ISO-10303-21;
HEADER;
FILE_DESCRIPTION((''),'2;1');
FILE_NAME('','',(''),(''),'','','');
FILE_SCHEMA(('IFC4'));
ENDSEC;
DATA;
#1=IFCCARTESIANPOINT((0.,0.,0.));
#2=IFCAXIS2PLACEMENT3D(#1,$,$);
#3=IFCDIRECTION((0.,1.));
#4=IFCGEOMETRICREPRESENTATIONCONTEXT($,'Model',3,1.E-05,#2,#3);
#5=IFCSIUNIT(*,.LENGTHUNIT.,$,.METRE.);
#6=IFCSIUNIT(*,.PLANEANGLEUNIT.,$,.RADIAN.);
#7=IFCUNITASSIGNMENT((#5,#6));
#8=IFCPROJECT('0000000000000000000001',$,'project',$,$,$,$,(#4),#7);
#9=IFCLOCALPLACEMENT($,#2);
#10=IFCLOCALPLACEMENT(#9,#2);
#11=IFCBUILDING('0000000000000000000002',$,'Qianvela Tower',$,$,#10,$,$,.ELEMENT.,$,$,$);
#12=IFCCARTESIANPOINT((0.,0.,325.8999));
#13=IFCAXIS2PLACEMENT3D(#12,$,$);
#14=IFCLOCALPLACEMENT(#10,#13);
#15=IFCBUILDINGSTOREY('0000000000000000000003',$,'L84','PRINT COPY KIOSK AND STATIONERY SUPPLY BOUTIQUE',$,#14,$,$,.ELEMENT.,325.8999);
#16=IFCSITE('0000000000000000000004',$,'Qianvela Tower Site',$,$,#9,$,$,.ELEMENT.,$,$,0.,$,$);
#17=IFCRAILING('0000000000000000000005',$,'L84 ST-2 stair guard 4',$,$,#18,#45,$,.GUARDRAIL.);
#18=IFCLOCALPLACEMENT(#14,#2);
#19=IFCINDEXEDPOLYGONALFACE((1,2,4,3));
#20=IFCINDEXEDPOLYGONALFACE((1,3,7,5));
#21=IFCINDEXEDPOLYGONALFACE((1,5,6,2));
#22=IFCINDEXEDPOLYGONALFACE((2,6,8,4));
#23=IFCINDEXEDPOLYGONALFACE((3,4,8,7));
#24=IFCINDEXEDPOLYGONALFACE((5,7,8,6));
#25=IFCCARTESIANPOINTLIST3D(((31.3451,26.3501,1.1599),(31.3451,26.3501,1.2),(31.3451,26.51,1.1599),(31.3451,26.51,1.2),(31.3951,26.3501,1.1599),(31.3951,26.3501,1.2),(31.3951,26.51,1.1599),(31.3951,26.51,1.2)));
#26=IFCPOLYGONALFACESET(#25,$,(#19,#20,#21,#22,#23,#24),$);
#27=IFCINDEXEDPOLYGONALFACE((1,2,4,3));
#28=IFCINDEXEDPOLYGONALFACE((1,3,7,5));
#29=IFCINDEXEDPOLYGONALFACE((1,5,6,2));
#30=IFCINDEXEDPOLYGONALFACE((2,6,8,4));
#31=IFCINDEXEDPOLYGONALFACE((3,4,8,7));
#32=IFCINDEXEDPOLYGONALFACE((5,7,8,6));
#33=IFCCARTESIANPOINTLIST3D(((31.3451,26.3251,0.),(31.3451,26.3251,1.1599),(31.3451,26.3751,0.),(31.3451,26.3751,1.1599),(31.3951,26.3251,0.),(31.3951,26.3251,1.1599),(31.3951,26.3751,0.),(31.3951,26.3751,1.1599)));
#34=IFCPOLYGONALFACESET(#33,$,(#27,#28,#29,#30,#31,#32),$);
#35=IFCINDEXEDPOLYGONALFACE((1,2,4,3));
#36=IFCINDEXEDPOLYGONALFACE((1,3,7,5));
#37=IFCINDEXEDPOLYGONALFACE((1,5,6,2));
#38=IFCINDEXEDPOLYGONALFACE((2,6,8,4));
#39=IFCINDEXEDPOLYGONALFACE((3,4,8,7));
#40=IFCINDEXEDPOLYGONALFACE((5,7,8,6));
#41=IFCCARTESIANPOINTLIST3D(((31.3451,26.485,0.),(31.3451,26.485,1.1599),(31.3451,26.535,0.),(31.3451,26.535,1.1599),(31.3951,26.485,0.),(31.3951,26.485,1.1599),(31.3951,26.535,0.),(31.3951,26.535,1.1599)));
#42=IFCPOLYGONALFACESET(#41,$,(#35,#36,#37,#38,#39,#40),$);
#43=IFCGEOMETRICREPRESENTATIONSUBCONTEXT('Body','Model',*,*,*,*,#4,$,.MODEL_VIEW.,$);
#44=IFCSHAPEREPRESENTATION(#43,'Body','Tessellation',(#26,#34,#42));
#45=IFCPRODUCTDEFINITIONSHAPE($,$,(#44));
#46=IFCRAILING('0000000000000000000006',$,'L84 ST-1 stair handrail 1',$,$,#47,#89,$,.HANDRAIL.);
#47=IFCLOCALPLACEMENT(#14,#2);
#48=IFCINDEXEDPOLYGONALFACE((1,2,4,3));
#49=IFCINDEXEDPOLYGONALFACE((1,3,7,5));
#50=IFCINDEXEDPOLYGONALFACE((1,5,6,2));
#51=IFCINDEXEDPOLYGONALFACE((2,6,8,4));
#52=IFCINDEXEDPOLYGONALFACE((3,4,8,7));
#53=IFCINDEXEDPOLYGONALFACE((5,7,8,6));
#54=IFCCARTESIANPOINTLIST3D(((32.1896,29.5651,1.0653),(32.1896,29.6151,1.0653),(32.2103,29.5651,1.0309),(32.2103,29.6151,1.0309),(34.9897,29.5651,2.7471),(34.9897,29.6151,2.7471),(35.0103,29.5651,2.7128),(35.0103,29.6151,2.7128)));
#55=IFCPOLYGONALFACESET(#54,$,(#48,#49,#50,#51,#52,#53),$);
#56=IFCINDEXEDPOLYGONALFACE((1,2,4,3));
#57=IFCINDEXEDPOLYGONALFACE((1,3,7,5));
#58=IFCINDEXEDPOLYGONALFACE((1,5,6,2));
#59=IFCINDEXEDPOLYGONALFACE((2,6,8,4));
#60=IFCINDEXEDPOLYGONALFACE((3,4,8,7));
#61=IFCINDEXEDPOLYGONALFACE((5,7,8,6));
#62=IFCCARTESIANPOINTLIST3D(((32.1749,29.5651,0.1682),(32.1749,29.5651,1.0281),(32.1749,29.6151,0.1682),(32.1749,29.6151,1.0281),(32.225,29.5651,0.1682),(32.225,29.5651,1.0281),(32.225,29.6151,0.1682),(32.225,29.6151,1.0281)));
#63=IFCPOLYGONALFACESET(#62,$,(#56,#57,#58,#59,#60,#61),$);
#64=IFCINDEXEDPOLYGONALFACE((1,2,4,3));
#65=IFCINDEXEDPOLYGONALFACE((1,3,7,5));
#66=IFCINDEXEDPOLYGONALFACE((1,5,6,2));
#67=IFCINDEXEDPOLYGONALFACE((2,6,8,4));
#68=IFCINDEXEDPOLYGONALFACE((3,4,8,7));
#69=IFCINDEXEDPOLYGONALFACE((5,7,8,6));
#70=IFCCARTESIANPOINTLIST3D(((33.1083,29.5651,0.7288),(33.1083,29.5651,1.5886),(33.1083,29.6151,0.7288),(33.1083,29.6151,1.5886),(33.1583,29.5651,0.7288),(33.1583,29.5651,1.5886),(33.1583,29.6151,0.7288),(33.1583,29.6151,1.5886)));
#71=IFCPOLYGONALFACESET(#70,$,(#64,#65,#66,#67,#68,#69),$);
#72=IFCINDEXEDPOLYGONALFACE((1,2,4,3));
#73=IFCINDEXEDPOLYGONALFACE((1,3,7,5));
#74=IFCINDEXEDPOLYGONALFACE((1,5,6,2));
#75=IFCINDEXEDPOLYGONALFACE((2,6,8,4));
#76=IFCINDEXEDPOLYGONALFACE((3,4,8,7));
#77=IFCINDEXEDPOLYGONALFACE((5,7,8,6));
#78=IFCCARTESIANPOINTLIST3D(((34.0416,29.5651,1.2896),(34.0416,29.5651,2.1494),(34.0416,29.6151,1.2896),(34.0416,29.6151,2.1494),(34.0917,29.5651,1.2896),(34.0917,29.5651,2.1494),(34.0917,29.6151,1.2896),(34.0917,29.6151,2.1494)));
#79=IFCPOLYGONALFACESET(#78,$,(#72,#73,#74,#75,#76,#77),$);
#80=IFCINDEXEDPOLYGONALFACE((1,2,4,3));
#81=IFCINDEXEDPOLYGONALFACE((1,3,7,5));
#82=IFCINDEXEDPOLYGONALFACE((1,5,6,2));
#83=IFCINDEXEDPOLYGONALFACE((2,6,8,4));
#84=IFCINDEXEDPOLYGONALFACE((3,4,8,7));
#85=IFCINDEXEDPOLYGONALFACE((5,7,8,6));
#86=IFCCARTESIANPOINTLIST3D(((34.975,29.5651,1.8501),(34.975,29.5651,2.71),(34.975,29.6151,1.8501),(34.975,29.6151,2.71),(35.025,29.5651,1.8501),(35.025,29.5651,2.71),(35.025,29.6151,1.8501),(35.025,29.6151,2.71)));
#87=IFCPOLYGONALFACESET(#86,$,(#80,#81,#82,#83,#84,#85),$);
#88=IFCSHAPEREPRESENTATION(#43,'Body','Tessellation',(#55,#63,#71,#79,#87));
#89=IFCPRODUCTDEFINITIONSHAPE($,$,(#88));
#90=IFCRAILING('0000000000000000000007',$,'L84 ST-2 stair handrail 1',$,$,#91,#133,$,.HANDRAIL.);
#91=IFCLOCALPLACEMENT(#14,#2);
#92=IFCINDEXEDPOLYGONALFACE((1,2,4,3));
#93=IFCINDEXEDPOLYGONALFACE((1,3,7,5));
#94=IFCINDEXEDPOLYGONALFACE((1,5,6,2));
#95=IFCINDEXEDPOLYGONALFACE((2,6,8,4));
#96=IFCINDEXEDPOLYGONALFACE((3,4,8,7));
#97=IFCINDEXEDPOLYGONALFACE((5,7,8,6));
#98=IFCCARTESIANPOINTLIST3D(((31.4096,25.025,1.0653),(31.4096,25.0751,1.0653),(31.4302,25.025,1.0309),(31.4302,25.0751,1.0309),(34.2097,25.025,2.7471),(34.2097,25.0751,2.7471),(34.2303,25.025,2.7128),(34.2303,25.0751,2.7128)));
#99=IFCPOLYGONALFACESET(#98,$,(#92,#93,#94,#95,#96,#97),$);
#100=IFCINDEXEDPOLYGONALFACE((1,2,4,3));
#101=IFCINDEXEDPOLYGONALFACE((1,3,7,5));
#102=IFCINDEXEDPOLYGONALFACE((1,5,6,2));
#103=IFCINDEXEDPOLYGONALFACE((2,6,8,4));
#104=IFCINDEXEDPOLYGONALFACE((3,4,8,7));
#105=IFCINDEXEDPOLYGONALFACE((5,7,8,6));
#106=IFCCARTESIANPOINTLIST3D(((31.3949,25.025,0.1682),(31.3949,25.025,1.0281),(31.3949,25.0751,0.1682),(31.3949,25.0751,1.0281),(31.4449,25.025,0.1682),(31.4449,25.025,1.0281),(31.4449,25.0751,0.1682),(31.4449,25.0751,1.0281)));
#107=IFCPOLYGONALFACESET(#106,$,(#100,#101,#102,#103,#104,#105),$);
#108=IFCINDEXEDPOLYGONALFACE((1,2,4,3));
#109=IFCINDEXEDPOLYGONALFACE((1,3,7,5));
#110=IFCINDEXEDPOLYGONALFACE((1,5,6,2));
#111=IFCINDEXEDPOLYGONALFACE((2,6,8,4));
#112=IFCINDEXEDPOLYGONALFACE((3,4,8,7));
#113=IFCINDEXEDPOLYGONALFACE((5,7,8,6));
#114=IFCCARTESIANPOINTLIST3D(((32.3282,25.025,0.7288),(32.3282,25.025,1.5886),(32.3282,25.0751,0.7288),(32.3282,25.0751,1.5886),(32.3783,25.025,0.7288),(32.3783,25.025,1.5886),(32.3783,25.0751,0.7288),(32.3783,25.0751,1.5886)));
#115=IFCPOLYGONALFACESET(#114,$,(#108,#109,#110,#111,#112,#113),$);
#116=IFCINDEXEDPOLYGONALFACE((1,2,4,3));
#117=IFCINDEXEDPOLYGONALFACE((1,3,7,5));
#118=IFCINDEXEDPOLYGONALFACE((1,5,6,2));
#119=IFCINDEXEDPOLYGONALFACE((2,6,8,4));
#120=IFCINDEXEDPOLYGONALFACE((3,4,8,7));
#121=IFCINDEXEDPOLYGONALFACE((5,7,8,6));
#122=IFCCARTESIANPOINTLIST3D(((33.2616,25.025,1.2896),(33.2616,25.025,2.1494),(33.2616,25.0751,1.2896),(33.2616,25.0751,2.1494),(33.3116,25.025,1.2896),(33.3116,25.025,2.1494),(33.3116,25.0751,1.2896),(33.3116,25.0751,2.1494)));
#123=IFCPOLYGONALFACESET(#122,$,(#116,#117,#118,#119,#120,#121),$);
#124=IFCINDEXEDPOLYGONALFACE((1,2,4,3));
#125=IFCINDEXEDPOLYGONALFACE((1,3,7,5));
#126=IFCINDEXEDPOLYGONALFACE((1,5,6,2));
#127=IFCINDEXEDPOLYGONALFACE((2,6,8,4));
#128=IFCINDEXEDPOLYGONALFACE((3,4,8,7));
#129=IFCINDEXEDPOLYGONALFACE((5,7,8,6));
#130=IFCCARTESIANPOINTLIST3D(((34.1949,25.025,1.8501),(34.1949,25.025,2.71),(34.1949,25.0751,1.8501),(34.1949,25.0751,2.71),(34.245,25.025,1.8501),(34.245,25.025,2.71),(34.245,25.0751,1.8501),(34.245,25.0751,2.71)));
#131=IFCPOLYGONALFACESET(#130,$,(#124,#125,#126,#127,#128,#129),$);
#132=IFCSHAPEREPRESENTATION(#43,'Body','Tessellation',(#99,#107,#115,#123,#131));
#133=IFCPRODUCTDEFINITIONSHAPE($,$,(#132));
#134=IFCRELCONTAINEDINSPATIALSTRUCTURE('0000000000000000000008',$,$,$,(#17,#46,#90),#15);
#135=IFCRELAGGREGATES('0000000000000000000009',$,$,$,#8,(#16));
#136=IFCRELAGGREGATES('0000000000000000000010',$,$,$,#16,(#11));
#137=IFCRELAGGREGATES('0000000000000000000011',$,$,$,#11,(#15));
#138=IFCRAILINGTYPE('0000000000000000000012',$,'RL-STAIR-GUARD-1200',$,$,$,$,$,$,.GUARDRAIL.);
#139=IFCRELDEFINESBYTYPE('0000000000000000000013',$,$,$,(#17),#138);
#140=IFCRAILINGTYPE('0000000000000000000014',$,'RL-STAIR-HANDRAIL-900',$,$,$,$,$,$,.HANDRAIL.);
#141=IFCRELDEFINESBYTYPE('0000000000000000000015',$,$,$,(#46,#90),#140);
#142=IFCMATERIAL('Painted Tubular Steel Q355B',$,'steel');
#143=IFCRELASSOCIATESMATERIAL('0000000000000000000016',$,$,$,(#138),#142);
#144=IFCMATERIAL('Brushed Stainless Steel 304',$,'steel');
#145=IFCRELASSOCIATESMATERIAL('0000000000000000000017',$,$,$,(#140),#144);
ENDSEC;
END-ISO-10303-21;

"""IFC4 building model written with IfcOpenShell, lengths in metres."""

from ifc_helpers import new_model, si_unit, direction, frame, origin, origin_2d, place, context, subcontext, project, spatial, rectangle, extrude, material, type_object, element, save


model = new_model("IFC4")

# Units and contexts
model_context = context("Model", 3, precision=1e-05, world=origin(), true_north=direction((0.0, 1.0)))
body_context = subcontext(model_context, "Body", "Model", "MODEL_VIEW")
ifc_project = project(units=[si_unit("LENGTHUNIT", "METRE"), si_unit("PLANEANGLEUNIT", "RADIAN")], contexts=[model_context])

# Site, building, storey
site_placement = place(None, origin())
site = spatial("IfcSite", under=ifc_project, at=site_placement, Name="Qianvela Tower Site", CompositionType="ELEMENT", RefElevation=0.0)
building_placement = place(site_placement, origin())
building = spatial("IfcBuilding", under=site, at=building_placement, Name="Qianvela Tower", CompositionType="ELEMENT")
storey_placement = place(building_placement, frame((0.0, 0.0, 325.8999)))
storey = spatial("IfcBuildingStorey", under=building, at=storey_placement, Name="L84", Description="PRINT COPY KIOSK AND STATIONERY SUPPLY BOUTIQUE", CompositionType="ELEMENT", Elevation=325.8999)

# Railings
ifc_material_1 = material(Name="Painted Tubular Steel Q355B", Category="steel")
railing_type_1 = type_object("IfcRailingType", Name="RL-STAIR-GUARD-1200", PredefinedType="GUARDRAIL", material=ifc_material_1)
railing_1_placement = place(storey_placement, frame((31.3701, 26.3501, 0.0)))
element("IfcRailing", 1, at=railing_1_placement, inside=storey, type_object=railing_type_1, Name="L84 ST-2 stair guard 4", PredefinedType="GUARDRAIL", context=body_context, shape_type="SweptSolid", body=[
    extrude(rectangle(XDim=0.05, YDim=0.04, at=origin_2d()), frame((0.0, 0.0, 1.1799), z_axis=(0.0, 1.0, 0.0), x_axis=(-1.0, 0.0, 0.0)), (0.0, 0.0, 1.0), 0.1599),
    extrude(rectangle(XDim=0.05, YDim=0.05, at=origin_2d()), origin(), (0.0, 0.0, 1.0), 1.1599),
    extrude(rectangle(XDim=0.05, YDim=0.05, at=origin_2d()), frame((0.0, 0.1599, 0.0)), (0.0, 0.0, 1.0), 1.1599),
])
ifc_material_2 = material(Name="Brushed Stainless Steel 304", Category="steel")
railing_type_2 = type_object("IfcRailingType", Name="RL-STAIR-HANDRAIL-900", PredefinedType="HANDRAIL", material=ifc_material_2)
for number, where, name in (
    (2, (32.2, 29.5901, 0.1682), "L84 ST-1 stair handrail 1"),
    (3, (31.4199, 25.05, 0.1682), "L84 ST-2 stair handrail 1"),
):
    element("IfcRailing", number, at=place(storey_placement, frame(where)), inside=storey, type_object=railing_type_2, Name=name, PredefinedType="HANDRAIL", context=body_context, shape_type="SweptSolid", body=[
        extrude(rectangle(XDim=0.05, YDim=0.04, at=origin_2d()), frame((0.0, 0.0, 0.8799), z_axis=(0.857242, 0.0, 0.514913), x_axis=(0.0, 1.0, 0.0)), (0.0, 0.0, 1.0), 3.2664),
        extrude(rectangle(XDim=0.05, YDim=0.05, at=origin_2d()), origin(), (0.0, 0.0, 1.0), 0.8599),
        extrude(rectangle(XDim=0.05, YDim=0.05, at=origin_2d()), frame((0.9333, 0.0, 0.5605)), (0.0, 0.0, 1.0), 0.8599),
        extrude(rectangle(XDim=0.05, YDim=0.05, at=origin_2d()), frame((1.8667, 0.0, 1.1213)), (0.0, 0.0, 1.0), 0.8599),
        extrude(rectangle(XDim=0.05, YDim=0.05, at=origin_2d()), frame((2.8, 0.0, 1.6819)), (0.0, 0.0, 1.0), 0.8599),
    ])

save(model, "model.ifc")
